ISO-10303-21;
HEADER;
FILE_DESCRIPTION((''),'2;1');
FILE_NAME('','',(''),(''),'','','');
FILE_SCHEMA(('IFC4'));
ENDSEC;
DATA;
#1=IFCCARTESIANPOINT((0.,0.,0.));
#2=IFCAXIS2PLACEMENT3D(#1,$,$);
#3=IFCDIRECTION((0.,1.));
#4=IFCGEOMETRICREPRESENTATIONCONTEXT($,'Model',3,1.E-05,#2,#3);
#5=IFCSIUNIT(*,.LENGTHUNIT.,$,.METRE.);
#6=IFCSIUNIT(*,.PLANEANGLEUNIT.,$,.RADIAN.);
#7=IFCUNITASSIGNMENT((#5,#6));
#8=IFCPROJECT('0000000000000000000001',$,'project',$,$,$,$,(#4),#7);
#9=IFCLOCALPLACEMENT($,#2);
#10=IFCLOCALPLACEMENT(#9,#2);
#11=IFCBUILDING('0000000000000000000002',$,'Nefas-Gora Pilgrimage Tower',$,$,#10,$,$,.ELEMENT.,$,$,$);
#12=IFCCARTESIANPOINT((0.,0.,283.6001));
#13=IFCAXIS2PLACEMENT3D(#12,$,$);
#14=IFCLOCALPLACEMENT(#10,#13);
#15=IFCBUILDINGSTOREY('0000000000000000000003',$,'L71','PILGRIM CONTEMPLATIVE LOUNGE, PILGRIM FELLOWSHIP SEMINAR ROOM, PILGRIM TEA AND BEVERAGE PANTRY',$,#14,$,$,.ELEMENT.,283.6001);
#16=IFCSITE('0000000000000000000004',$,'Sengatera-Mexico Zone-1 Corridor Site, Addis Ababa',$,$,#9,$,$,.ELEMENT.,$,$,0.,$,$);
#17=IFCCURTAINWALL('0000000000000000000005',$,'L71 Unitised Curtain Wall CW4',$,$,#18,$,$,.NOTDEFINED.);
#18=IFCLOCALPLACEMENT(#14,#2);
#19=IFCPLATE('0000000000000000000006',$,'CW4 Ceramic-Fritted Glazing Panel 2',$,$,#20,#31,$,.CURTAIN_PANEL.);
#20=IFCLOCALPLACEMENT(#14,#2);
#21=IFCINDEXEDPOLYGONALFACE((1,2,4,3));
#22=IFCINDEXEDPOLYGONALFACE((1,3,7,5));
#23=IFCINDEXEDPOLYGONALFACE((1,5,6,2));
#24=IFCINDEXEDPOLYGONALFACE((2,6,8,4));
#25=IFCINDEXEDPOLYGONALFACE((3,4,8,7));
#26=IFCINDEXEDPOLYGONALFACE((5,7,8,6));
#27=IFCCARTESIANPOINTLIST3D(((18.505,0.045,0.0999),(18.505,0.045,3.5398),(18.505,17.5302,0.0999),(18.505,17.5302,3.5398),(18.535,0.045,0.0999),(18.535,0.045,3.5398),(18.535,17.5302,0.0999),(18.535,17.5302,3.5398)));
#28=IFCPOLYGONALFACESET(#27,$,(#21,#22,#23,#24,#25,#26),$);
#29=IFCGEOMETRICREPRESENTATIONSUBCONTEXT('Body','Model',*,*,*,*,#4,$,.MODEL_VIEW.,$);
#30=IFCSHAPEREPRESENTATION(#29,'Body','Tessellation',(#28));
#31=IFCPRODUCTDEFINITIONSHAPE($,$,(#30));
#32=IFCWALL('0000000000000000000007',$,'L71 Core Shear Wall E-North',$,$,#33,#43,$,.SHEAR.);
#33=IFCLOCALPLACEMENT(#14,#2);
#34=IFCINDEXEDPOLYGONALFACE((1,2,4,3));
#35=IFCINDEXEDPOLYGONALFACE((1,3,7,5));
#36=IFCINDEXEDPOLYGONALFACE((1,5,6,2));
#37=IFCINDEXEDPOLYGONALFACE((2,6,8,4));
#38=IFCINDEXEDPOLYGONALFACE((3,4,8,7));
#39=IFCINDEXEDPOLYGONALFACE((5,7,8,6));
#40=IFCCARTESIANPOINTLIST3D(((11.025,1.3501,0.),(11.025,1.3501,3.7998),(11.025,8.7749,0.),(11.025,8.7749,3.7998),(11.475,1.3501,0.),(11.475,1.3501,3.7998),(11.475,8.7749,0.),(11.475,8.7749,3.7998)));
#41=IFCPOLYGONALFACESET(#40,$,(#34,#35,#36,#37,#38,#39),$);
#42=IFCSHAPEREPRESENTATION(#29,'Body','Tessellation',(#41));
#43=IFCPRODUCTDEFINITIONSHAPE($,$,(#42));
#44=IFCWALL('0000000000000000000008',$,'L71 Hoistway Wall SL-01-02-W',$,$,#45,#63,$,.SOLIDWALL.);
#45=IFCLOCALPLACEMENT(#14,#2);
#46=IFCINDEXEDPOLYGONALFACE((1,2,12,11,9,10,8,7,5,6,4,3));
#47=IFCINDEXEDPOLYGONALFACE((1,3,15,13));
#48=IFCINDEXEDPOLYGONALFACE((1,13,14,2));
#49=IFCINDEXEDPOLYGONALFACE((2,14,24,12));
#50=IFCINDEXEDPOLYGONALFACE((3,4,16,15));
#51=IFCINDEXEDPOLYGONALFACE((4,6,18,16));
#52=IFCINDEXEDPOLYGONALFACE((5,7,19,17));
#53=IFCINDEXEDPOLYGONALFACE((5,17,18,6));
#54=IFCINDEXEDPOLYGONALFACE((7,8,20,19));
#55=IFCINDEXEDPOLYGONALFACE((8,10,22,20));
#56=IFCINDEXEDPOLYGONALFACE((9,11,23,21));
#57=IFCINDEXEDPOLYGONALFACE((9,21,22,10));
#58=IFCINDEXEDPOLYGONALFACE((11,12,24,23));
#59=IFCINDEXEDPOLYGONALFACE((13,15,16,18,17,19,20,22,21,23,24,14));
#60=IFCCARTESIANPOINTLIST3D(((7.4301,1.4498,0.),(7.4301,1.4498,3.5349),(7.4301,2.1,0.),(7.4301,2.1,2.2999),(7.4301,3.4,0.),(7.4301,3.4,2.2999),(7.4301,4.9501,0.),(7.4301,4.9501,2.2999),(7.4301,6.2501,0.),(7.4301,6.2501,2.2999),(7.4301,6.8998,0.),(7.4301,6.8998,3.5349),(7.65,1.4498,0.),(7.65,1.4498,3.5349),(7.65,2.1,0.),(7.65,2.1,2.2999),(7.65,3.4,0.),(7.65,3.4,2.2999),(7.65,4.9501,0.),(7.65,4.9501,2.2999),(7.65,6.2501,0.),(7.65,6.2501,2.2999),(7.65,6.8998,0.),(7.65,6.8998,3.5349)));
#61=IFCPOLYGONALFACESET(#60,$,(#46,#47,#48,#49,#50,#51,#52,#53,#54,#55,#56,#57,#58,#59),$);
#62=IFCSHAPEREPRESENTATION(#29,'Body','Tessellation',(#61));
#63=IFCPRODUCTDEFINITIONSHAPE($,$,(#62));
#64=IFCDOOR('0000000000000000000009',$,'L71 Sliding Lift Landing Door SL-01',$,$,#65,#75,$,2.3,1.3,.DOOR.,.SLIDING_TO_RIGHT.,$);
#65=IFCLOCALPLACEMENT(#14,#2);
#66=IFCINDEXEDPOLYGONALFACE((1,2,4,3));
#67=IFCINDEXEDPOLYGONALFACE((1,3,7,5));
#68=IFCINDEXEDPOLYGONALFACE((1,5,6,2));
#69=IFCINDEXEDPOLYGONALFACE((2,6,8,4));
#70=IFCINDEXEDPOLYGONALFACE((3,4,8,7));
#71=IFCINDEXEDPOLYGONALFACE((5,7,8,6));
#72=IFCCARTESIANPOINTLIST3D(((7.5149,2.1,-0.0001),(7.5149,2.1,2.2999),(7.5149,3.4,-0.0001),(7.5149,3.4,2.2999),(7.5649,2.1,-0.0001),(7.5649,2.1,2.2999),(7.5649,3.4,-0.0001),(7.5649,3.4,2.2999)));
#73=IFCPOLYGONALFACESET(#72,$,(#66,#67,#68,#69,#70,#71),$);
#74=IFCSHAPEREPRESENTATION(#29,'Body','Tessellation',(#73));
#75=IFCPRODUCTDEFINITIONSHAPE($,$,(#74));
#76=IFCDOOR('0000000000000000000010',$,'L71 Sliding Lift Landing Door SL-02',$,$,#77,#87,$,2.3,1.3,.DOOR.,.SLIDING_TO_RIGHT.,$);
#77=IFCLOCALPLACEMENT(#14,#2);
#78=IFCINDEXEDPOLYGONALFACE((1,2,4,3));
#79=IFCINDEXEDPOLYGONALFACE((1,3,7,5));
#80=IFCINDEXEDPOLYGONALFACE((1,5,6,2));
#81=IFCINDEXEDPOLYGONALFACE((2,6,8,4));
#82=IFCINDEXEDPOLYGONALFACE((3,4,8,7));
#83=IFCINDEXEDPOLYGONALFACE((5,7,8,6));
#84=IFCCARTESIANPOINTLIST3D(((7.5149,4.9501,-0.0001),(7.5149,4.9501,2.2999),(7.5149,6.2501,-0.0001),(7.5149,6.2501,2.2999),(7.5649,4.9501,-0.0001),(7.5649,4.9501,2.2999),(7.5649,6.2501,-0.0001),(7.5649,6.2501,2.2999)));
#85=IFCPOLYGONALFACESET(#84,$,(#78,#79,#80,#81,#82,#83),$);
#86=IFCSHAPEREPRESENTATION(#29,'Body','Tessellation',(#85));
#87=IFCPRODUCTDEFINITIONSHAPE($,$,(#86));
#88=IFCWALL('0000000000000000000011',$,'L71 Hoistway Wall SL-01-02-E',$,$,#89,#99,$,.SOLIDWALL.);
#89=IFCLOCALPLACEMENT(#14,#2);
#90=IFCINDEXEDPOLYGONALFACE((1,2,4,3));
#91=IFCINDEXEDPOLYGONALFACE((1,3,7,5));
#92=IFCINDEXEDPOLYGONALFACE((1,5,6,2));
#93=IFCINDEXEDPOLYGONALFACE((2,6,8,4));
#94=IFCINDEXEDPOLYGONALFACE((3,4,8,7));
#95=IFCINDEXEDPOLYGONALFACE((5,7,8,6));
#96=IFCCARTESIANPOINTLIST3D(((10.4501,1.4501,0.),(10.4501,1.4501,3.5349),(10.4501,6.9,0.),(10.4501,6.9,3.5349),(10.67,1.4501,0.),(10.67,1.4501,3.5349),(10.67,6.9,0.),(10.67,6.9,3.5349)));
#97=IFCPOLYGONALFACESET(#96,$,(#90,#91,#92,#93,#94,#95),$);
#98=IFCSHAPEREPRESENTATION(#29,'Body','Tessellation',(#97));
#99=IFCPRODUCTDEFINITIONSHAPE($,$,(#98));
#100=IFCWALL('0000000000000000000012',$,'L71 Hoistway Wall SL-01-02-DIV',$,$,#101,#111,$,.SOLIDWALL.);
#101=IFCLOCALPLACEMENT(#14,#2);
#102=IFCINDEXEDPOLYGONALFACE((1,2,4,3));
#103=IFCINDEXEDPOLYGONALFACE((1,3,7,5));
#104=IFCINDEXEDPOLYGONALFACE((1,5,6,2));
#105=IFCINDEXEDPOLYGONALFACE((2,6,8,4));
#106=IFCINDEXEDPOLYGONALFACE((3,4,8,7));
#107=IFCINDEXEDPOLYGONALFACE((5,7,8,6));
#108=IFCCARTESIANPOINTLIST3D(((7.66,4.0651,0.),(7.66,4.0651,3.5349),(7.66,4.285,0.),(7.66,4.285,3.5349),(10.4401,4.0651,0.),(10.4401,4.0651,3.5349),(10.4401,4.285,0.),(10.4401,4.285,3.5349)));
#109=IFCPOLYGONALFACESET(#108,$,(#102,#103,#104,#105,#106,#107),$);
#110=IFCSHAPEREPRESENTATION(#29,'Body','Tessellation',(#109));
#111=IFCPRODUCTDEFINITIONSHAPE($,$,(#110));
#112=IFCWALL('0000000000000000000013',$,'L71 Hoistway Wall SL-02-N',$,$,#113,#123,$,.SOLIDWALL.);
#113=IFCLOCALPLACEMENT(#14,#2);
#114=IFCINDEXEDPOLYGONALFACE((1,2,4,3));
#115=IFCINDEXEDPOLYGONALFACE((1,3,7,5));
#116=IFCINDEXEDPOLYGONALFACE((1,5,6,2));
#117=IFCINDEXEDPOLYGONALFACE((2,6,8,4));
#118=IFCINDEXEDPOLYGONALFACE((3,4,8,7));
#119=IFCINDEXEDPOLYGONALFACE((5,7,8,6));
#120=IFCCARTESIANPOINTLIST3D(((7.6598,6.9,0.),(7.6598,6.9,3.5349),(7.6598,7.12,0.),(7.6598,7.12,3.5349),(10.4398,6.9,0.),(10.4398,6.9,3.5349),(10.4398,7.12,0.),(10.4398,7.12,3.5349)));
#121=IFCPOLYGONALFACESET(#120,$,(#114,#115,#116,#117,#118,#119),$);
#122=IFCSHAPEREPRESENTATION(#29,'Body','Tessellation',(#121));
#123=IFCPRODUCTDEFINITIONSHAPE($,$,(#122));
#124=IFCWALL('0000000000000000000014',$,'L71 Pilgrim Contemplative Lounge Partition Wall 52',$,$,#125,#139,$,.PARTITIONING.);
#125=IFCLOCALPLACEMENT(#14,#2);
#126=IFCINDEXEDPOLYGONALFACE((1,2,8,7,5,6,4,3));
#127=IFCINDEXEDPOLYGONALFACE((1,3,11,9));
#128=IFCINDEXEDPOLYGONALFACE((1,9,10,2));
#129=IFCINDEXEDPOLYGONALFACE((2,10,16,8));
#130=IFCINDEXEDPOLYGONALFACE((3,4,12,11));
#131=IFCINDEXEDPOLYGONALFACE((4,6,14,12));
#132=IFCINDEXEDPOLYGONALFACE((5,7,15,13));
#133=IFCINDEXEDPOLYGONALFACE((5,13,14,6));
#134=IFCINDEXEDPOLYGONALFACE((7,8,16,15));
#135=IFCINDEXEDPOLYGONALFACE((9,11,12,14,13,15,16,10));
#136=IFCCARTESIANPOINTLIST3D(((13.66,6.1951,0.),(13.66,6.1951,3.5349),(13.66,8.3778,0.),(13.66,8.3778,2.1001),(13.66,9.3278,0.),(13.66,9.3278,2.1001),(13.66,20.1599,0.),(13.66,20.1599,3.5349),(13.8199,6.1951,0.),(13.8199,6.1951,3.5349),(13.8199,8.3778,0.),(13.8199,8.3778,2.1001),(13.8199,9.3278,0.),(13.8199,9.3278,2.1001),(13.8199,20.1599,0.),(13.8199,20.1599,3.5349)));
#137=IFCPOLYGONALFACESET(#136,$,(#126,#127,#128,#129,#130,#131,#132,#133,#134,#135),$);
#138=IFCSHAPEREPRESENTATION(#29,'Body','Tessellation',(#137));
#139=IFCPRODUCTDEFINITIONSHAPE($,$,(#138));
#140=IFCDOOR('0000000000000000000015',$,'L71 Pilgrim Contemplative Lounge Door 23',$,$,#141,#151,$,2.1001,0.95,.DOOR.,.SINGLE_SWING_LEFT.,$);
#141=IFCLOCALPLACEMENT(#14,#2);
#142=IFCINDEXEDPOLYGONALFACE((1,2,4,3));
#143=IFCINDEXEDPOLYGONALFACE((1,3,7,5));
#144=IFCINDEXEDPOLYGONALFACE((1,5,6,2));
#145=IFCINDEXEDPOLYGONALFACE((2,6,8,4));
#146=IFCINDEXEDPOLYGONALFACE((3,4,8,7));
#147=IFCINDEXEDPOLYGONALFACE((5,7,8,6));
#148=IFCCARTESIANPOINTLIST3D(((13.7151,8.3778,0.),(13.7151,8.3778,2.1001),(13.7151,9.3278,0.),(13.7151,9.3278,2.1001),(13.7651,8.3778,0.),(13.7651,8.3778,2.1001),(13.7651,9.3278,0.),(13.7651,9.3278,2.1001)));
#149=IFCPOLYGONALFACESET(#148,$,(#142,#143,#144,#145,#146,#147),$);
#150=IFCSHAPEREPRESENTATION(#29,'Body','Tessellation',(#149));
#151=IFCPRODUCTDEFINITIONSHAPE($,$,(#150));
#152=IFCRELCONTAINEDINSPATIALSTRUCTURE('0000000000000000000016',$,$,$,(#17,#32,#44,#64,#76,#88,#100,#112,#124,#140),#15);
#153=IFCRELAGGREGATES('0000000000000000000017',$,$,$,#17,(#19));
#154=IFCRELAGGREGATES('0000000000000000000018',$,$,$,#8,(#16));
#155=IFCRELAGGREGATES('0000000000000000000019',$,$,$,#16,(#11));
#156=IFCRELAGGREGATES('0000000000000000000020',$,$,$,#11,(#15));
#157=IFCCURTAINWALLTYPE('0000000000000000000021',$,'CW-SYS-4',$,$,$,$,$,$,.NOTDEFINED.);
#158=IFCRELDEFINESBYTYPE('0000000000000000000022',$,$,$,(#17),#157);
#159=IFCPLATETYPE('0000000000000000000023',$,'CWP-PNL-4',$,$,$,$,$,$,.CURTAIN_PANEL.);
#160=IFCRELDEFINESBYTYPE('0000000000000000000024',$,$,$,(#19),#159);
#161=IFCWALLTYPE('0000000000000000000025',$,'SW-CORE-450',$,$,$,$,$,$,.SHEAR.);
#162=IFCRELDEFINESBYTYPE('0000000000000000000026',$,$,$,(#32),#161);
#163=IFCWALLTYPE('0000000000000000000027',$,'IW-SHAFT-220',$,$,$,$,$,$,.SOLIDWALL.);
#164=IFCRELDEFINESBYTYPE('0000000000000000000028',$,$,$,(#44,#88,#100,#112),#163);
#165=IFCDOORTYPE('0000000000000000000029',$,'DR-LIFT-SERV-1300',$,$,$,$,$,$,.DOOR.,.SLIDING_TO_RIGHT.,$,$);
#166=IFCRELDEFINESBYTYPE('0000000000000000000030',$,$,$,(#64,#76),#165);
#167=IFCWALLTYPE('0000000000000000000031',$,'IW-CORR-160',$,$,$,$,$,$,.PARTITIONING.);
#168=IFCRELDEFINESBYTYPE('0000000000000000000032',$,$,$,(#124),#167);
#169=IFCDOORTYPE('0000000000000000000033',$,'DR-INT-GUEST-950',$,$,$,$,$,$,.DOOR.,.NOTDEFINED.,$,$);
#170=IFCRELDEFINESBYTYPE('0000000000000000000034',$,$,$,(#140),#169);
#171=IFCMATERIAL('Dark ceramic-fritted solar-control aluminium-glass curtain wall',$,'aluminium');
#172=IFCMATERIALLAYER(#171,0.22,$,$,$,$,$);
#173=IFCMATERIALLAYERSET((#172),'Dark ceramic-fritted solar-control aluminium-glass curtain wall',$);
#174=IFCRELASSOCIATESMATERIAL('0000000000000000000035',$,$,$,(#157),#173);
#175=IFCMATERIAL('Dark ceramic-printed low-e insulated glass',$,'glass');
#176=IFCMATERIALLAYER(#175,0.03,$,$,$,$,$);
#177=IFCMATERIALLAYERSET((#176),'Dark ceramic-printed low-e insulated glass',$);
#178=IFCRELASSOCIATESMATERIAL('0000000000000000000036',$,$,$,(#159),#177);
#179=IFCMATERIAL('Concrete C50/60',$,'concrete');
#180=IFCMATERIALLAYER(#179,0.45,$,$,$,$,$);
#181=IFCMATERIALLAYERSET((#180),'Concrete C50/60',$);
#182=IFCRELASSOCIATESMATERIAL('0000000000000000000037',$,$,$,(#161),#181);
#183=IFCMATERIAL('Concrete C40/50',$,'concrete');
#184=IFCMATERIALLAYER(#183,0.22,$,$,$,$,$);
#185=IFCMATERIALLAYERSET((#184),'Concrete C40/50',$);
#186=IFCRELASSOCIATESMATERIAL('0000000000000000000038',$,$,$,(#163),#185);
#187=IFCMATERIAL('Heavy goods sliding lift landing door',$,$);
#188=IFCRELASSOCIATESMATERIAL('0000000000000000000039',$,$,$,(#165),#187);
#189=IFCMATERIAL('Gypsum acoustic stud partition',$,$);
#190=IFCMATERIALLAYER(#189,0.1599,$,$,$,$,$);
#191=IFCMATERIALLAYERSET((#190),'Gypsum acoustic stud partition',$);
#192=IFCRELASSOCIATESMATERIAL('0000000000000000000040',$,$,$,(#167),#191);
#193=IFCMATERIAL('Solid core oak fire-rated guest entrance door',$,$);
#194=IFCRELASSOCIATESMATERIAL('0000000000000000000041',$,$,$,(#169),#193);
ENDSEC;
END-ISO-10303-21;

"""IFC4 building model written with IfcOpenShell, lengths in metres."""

from ifc_helpers import new_model, si_unit, direction, frame, frame_2d, origin, origin_2d, place, context, subcontext, project, spatial, rectangle, extrude, source, transform, mapped, material, layer, layer_set, type_object, element, fill, aggregate, save


model = new_model("IFC4")

# Units and contexts
model_context = context("Model", 3, precision=1e-05, world=origin(), true_north=direction((0.0, 1.0)))
body_context = subcontext(model_context, "Body", "Model", "MODEL_VIEW")
ifc_project = project(units=[si_unit("LENGTHUNIT", "METRE"), si_unit("PLANEANGLEUNIT", "RADIAN")], contexts=[model_context])

# Site, building, storey
site_placement = place(None, origin())
site = spatial("IfcSite", under=ifc_project, at=site_placement, Name="Sengatera-Mexico Zone-1 Corridor Site, Addis Ababa", CompositionType="ELEMENT", RefElevation=0.0)
building_placement = place(site_placement, origin())
building = spatial("IfcBuilding", under=site, at=building_placement, Name="Nefas-Gora Pilgrimage Tower", CompositionType="ELEMENT")
storey_placement = place(building_placement, frame((0.0, 0.0, 283.6001)))
storey = spatial("IfcBuildingStorey", under=building, at=storey_placement, Name="L71", Description="PILGRIM CONTEMPLATIVE LOUNGE, PILGRIM FELLOWSHIP SEMINAR ROOM, PILGRIM TEA AND BEVERAGE PANTRY", CompositionType="ELEMENT", Elevation=283.6001)

# Curtain wall, plate
ifc_material_1 = material(Name="Dark ceramic-fritted solar-control aluminium-glass curtain wall", Category="aluminium")
ifc_layer_1 = layer(ifc_material_1, 0.22)
ifc_layer_set_1 = layer_set([ifc_layer_1], Name="Dark ceramic-fritted solar-control aluminium-glass curtain wall")
curtain_wall_type = type_object("IfcCurtainWallType", Name="CW-SYS-4", PredefinedType="NOTDEFINED", material=ifc_layer_set_1)
curtain_wall_placement = place(storey_placement, origin())
curtain_wall = element("IfcCurtainWall", 1, at=curtain_wall_placement, inside=storey, type_object=curtain_wall_type, Name="L71 Unitised Curtain Wall CW4", PredefinedType="NOTDEFINED")
ifc_material_2 = material(Name="Dark ceramic-printed low-e insulated glass", Category="glass")
ifc_layer_2 = layer(ifc_material_2, 0.03)
ifc_layer_set_2 = layer_set([ifc_layer_2], Name="Dark ceramic-printed low-e insulated glass")
plate_type = type_object("IfcPlateType", Name="CWP-PNL-4", PredefinedType="CURTAIN_PANEL", material=ifc_layer_set_2)
shared_shape_1 = source(origin(), body_context, "Body", "SweptSolid", [
    extrude(rectangle(XDim=17.4851, YDim=0.03, at=origin_2d()), origin(), (0.0, 0.0, 1.0), 3.4399),
])
plate_placement = place(storey_placement, frame((18.52, 8.7876, 0.0999), z_axis=(0.0, 0.0, 1.0), x_axis=(0.0, 1.0, 0.0)))
plate = element("IfcPlate", 2, at=plate_placement, type_object=plate_type, Name="CW4 Ceramic-Fritted Glazing Panel 2", PredefinedType="CURTAIN_PANEL", context=body_context, shape_type="MappedRepresentation", body=[
    mapped(shared_shape_1, transform((0.0, 0.0, 0.0), x_axis=(1.0, 0.0, 0.0), y_axis=(0.0, 1.0, 0.0), z_axis=(0.0, 0.0, 1.0), scale=1.0)),
])
aggregate(curtain_wall, [plate])

# Wall
ifc_material_3 = material(Name="Concrete C50/60", Category="concrete")
ifc_layer_3 = layer(ifc_material_3, 0.45)
ifc_layer_set_3 = layer_set([ifc_layer_3], Name="Concrete C50/60")
wall_type_1 = type_object("IfcWallType", Name="SW-CORE-450", PredefinedType="SHEAR", material=ifc_layer_set_3)
shared_shape_2 = source(origin(), body_context, "Body", "SweptSolid", [
    extrude(rectangle(XDim=7.4248, YDim=0.45, at=frame_2d((3.7124, 0.0))), origin(), (0.0, 0.0, 1.0), 3.7998),
])
wall_1_placement = place(storey_placement, frame((11.25, 1.3501, 0.0), z_axis=(0.0, 0.0, 1.0), x_axis=(0.0, 1.0, 0.0)))
element("IfcWall", 3, at=wall_1_placement, inside=storey, type_object=wall_type_1, Name="L71 Core Shear Wall E-North", PredefinedType="SHEAR", context=body_context, shape_type="MappedRepresentation", body=[
    mapped(shared_shape_2, transform((0.0, 0.0, 0.0), x_axis=(1.0, 0.0, 0.0), y_axis=(0.0, 1.0, 0.0), z_axis=(0.0, 0.0, 1.0), scale=1.0)),
])

# Wall, openings, doors
ifc_material_4 = material(Name="Concrete C40/50", Category="concrete")
ifc_layer_4 = layer(ifc_material_4, 0.22)
ifc_layer_set_4 = layer_set([ifc_layer_4], Name="Concrete C40/50")
wall_type_2 = type_object("IfcWallType", Name="IW-SHAFT-220", PredefinedType="SOLIDWALL", material=ifc_layer_set_4)
shared_shape_3 = source(origin(), body_context, "Body", "SweptSolid", [
    extrude(rectangle(XDim=5.45, YDim=0.22, at=frame_2d((2.7251, 0.0))), origin(), (0.0, 0.0, 1.0), 3.5349),
])
wall_2_placement = place(storey_placement, frame((7.54, 6.8999, 0.0), z_axis=(0.0, 0.0, 1.0), x_axis=(0.0, -1.0, 0.0)))
wall_2 = element("IfcWall", 4, at=wall_2_placement, inside=storey, type_object=wall_type_2, Name="L71 Hoistway Wall SL-01-02-W", PredefinedType="SOLIDWALL", context=body_context, shape_type="MappedRepresentation", body=[
    mapped(shared_shape_3, transform((0.0, 0.0, 0.0), x_axis=(1.0, 0.0, 0.0), y_axis=(0.0, 1.0, 0.0), z_axis=(0.0, 0.0, 1.0), scale=1.0)),
])
opening_1_placement = place(wall_2_placement, frame((3.5, 0.0, 0.0)))
opening_1 = element("IfcOpeningElement", 5, at=opening_1_placement, cuts=wall_2, PredefinedType="OPENING", context=body_context, shape_type="SweptSolid", body=[
    extrude(rectangle(XDim=1.3, YDim=2.3, at=frame_2d((0.6499, 1.1499))), frame((0.0, 0.1199, 0.0), z_axis=(0.0, -1.0, 0.0), x_axis=(1.0, 0.0, 0.0)), (0.0, 0.0, 1.0), 0.24),
])
opening_2_placement = place(wall_2_placement, frame((0.6499, 0.0, 0.0)))
opening_2 = element("IfcOpeningElement", 6, at=opening_2_placement, cuts=wall_2, PredefinedType="OPENING", context=body_context, shape_type="SweptSolid", body=[
    extrude(rectangle(XDim=1.3, YDim=2.3, at=frame_2d((0.6499, 1.1499))), frame((0.0, 0.1199, 0.0), z_axis=(0.0, -1.0, 0.0), x_axis=(1.0, 0.0, 0.0)), (0.0, 0.0, 1.0), 0.24),
])
ifc_material_5 = material(Name="Heavy goods sliding lift landing door")
door_type_1 = type_object("IfcDoorType", Name="DR-LIFT-SERV-1300", OperationType="SLIDING_TO_RIGHT", PredefinedType="DOOR", material=ifc_material_5)
shared_shape_4 = source(origin(), body_context, "Body", "SweptSolid", [
    extrude(rectangle(XDim=1.3, YDim=2.3, at=frame_2d((0.6499, 1.1499))), frame((0.0, 0.0249, 0.0), z_axis=(0.0, -1.0, 0.0), x_axis=(1.0, 0.0, 0.0)), (0.0, 0.0, 1.0), 0.05),
])
door_1_placement = place(opening_1_placement, origin())
door_1 = element("IfcDoor", 7, at=door_1_placement, inside=storey, type_object=door_type_1, Name="L71 Sliding Lift Landing Door SL-01", OperationType="SLIDING_TO_RIGHT", OverallHeight=2.3, OverallWidth=1.3, PredefinedType="DOOR", context=body_context, shape_type="MappedRepresentation", body=[
    mapped(shared_shape_4, transform((0.0, 0.0, 0.0), x_axis=(1.0, 0.0, 0.0), y_axis=(0.0, 1.0, 0.0), z_axis=(0.0, 0.0, 1.0), scale=1.0)),
])
fill(opening_1, door_1)
door_2_placement = place(opening_2_placement, origin())
door_2 = element("IfcDoor", 8, at=door_2_placement, inside=storey, type_object=door_type_1, Name="L71 Sliding Lift Landing Door SL-02", OperationType="SLIDING_TO_RIGHT", OverallHeight=2.3, OverallWidth=1.3, PredefinedType="DOOR", context=body_context, shape_type="MappedRepresentation", body=[
    mapped(shared_shape_4, transform((0.0, 0.0, 0.0), x_axis=(1.0, 0.0, 0.0), y_axis=(0.0, 1.0, 0.0), z_axis=(0.0, 0.0, 1.0), scale=1.0)),
])
fill(opening_2, door_2)

# Walls
wall_3_placement = place(storey_placement, frame((10.5601, 1.45, 0.0), z_axis=(0.0, 0.0, 1.0), x_axis=(0.0, 1.0, 0.0)))
element("IfcWall", 9, at=wall_3_placement, inside=storey, type_object=wall_type_2, Name="L71 Hoistway Wall SL-01-02-E", PredefinedType="SOLIDWALL", context=body_context, shape_type="MappedRepresentation", body=[
    mapped(shared_shape_3, transform((0.0, 0.0, 0.0), x_axis=(1.0, 0.0, 0.0), y_axis=(0.0, 1.0, 0.0), z_axis=(0.0, 0.0, 1.0), scale=1.0)),
])
shared_shape_5 = source(origin(), body_context, "Body", "SweptSolid", [
    extrude(rectangle(XDim=2.78, YDim=0.22, at=frame_2d((1.3901, 0.0))), origin(), (0.0, 0.0, 1.0), 3.5349),
])
for number, where, z_axis, x_axis, name in (
    (10, (7.6599, 4.175, 0.0), (0.0, 0.0, 1.0), (1.0, 0.0, 0.0), "L71 Hoistway Wall SL-01-02-DIV"),
    (11, (10.4399, 7.01, 0.0), (0.0, 0.0, 1.0), (-1.0, 0.0, 0.0), "L71 Hoistway Wall SL-02-N"),
):
    element("IfcWall", number, at=place(storey_placement, frame(where, z_axis=z_axis, x_axis=x_axis)), inside=storey, type_object=wall_type_2, Name=name, PredefinedType="SOLIDWALL", context=body_context, shape_type="MappedRepresentation", body=[
        mapped(shared_shape_5, transform((0.0, 0.0, 0.0), x_axis=(1.0, 0.0, 0.0), y_axis=(0.0, 1.0, 0.0), z_axis=(0.0, 0.0, 1.0), scale=1.0)),
    ])

# Wall, opening, door
ifc_material_6 = material(Name="Gypsum acoustic stud partition")
ifc_layer_5 = layer(ifc_material_6, 0.1599)
ifc_layer_set_5 = layer_set([ifc_layer_5], Name="Gypsum acoustic stud partition")
wall_type_3 = type_object("IfcWallType", Name="IW-CORR-160", PredefinedType="PARTITIONING", material=ifc_layer_set_5)
shared_shape_6 = source(origin(), body_context, "Body", "SweptSolid", [
    extrude(rectangle(XDim=13.9648, YDim=0.1599, at=frame_2d((6.9824, 0.0))), origin(), (0.0, 0.0, 1.0), 3.5349),
])
wall_4_placement = place(storey_placement, frame((13.74, 6.1951, 0.0), z_axis=(0.0, 0.0, 1.0), x_axis=(0.0, 1.0, 0.0)))
wall_4 = element("IfcWall", 12, at=wall_4_placement, inside=storey, type_object=wall_type_3, Name="L71 Pilgrim Contemplative Lounge Partition Wall 52", PredefinedType="PARTITIONING", context=body_context, shape_type="MappedRepresentation", body=[
    mapped(shared_shape_6, transform((0.0, 0.0, 0.0), x_axis=(1.0, 0.0, 0.0), y_axis=(0.0, 1.0, 0.0), z_axis=(0.0, 0.0, 1.0), scale=1.0)),
])
opening_3_placement = place(wall_4_placement, frame((2.1826, 0.0, 0.0)))
opening_3 = element("IfcOpeningElement", 13, at=opening_3_placement, cuts=wall_4, PredefinedType="OPENING", context=body_context, shape_type="SweptSolid", body=[
    extrude(rectangle(XDim=0.95, YDim=2.1001, at=frame_2d((0.4751, 1.05))), frame((0.0, 0.0898, 0.0), z_axis=(0.0, -1.0, 0.0), x_axis=(1.0, 0.0, 0.0)), (0.0, 0.0, 1.0), 0.1799),
])
ifc_material_7 = material(Name="Solid core oak fire-rated guest entrance door")
door_type_2 = type_object("IfcDoorType", Name="DR-INT-GUEST-950", OperationType="NOTDEFINED", PredefinedType="DOOR", material=ifc_material_7)
shared_shape_7 = source(origin(), body_context, "Body", "SweptSolid", [
    extrude(rectangle(XDim=0.95, YDim=2.1001, at=frame_2d((0.4751, 1.05))), frame((0.0, 0.0249, 0.0), z_axis=(0.0, -1.0, 0.0), x_axis=(1.0, 0.0, 0.0)), (0.0, 0.0, 1.0), 0.05),
])
door_3_placement = place(opening_3_placement, origin())
door_3 = element("IfcDoor", 14, at=door_3_placement, inside=storey, type_object=door_type_2, Name="L71 Pilgrim Contemplative Lounge Door 23", OperationType="SINGLE_SWING_LEFT", OverallHeight=2.1001, OverallWidth=0.95, PredefinedType="DOOR", context=body_context, shape_type="MappedRepresentation", body=[
    mapped(shared_shape_7, transform((0.0, 0.0, 0.0), x_axis=(1.0, 0.0, 0.0), y_axis=(0.0, 1.0, 0.0), z_axis=(0.0, 0.0, 1.0), scale=1.0)),
])
fill(opening_3, door_3)

save(model, "model.ifc")
